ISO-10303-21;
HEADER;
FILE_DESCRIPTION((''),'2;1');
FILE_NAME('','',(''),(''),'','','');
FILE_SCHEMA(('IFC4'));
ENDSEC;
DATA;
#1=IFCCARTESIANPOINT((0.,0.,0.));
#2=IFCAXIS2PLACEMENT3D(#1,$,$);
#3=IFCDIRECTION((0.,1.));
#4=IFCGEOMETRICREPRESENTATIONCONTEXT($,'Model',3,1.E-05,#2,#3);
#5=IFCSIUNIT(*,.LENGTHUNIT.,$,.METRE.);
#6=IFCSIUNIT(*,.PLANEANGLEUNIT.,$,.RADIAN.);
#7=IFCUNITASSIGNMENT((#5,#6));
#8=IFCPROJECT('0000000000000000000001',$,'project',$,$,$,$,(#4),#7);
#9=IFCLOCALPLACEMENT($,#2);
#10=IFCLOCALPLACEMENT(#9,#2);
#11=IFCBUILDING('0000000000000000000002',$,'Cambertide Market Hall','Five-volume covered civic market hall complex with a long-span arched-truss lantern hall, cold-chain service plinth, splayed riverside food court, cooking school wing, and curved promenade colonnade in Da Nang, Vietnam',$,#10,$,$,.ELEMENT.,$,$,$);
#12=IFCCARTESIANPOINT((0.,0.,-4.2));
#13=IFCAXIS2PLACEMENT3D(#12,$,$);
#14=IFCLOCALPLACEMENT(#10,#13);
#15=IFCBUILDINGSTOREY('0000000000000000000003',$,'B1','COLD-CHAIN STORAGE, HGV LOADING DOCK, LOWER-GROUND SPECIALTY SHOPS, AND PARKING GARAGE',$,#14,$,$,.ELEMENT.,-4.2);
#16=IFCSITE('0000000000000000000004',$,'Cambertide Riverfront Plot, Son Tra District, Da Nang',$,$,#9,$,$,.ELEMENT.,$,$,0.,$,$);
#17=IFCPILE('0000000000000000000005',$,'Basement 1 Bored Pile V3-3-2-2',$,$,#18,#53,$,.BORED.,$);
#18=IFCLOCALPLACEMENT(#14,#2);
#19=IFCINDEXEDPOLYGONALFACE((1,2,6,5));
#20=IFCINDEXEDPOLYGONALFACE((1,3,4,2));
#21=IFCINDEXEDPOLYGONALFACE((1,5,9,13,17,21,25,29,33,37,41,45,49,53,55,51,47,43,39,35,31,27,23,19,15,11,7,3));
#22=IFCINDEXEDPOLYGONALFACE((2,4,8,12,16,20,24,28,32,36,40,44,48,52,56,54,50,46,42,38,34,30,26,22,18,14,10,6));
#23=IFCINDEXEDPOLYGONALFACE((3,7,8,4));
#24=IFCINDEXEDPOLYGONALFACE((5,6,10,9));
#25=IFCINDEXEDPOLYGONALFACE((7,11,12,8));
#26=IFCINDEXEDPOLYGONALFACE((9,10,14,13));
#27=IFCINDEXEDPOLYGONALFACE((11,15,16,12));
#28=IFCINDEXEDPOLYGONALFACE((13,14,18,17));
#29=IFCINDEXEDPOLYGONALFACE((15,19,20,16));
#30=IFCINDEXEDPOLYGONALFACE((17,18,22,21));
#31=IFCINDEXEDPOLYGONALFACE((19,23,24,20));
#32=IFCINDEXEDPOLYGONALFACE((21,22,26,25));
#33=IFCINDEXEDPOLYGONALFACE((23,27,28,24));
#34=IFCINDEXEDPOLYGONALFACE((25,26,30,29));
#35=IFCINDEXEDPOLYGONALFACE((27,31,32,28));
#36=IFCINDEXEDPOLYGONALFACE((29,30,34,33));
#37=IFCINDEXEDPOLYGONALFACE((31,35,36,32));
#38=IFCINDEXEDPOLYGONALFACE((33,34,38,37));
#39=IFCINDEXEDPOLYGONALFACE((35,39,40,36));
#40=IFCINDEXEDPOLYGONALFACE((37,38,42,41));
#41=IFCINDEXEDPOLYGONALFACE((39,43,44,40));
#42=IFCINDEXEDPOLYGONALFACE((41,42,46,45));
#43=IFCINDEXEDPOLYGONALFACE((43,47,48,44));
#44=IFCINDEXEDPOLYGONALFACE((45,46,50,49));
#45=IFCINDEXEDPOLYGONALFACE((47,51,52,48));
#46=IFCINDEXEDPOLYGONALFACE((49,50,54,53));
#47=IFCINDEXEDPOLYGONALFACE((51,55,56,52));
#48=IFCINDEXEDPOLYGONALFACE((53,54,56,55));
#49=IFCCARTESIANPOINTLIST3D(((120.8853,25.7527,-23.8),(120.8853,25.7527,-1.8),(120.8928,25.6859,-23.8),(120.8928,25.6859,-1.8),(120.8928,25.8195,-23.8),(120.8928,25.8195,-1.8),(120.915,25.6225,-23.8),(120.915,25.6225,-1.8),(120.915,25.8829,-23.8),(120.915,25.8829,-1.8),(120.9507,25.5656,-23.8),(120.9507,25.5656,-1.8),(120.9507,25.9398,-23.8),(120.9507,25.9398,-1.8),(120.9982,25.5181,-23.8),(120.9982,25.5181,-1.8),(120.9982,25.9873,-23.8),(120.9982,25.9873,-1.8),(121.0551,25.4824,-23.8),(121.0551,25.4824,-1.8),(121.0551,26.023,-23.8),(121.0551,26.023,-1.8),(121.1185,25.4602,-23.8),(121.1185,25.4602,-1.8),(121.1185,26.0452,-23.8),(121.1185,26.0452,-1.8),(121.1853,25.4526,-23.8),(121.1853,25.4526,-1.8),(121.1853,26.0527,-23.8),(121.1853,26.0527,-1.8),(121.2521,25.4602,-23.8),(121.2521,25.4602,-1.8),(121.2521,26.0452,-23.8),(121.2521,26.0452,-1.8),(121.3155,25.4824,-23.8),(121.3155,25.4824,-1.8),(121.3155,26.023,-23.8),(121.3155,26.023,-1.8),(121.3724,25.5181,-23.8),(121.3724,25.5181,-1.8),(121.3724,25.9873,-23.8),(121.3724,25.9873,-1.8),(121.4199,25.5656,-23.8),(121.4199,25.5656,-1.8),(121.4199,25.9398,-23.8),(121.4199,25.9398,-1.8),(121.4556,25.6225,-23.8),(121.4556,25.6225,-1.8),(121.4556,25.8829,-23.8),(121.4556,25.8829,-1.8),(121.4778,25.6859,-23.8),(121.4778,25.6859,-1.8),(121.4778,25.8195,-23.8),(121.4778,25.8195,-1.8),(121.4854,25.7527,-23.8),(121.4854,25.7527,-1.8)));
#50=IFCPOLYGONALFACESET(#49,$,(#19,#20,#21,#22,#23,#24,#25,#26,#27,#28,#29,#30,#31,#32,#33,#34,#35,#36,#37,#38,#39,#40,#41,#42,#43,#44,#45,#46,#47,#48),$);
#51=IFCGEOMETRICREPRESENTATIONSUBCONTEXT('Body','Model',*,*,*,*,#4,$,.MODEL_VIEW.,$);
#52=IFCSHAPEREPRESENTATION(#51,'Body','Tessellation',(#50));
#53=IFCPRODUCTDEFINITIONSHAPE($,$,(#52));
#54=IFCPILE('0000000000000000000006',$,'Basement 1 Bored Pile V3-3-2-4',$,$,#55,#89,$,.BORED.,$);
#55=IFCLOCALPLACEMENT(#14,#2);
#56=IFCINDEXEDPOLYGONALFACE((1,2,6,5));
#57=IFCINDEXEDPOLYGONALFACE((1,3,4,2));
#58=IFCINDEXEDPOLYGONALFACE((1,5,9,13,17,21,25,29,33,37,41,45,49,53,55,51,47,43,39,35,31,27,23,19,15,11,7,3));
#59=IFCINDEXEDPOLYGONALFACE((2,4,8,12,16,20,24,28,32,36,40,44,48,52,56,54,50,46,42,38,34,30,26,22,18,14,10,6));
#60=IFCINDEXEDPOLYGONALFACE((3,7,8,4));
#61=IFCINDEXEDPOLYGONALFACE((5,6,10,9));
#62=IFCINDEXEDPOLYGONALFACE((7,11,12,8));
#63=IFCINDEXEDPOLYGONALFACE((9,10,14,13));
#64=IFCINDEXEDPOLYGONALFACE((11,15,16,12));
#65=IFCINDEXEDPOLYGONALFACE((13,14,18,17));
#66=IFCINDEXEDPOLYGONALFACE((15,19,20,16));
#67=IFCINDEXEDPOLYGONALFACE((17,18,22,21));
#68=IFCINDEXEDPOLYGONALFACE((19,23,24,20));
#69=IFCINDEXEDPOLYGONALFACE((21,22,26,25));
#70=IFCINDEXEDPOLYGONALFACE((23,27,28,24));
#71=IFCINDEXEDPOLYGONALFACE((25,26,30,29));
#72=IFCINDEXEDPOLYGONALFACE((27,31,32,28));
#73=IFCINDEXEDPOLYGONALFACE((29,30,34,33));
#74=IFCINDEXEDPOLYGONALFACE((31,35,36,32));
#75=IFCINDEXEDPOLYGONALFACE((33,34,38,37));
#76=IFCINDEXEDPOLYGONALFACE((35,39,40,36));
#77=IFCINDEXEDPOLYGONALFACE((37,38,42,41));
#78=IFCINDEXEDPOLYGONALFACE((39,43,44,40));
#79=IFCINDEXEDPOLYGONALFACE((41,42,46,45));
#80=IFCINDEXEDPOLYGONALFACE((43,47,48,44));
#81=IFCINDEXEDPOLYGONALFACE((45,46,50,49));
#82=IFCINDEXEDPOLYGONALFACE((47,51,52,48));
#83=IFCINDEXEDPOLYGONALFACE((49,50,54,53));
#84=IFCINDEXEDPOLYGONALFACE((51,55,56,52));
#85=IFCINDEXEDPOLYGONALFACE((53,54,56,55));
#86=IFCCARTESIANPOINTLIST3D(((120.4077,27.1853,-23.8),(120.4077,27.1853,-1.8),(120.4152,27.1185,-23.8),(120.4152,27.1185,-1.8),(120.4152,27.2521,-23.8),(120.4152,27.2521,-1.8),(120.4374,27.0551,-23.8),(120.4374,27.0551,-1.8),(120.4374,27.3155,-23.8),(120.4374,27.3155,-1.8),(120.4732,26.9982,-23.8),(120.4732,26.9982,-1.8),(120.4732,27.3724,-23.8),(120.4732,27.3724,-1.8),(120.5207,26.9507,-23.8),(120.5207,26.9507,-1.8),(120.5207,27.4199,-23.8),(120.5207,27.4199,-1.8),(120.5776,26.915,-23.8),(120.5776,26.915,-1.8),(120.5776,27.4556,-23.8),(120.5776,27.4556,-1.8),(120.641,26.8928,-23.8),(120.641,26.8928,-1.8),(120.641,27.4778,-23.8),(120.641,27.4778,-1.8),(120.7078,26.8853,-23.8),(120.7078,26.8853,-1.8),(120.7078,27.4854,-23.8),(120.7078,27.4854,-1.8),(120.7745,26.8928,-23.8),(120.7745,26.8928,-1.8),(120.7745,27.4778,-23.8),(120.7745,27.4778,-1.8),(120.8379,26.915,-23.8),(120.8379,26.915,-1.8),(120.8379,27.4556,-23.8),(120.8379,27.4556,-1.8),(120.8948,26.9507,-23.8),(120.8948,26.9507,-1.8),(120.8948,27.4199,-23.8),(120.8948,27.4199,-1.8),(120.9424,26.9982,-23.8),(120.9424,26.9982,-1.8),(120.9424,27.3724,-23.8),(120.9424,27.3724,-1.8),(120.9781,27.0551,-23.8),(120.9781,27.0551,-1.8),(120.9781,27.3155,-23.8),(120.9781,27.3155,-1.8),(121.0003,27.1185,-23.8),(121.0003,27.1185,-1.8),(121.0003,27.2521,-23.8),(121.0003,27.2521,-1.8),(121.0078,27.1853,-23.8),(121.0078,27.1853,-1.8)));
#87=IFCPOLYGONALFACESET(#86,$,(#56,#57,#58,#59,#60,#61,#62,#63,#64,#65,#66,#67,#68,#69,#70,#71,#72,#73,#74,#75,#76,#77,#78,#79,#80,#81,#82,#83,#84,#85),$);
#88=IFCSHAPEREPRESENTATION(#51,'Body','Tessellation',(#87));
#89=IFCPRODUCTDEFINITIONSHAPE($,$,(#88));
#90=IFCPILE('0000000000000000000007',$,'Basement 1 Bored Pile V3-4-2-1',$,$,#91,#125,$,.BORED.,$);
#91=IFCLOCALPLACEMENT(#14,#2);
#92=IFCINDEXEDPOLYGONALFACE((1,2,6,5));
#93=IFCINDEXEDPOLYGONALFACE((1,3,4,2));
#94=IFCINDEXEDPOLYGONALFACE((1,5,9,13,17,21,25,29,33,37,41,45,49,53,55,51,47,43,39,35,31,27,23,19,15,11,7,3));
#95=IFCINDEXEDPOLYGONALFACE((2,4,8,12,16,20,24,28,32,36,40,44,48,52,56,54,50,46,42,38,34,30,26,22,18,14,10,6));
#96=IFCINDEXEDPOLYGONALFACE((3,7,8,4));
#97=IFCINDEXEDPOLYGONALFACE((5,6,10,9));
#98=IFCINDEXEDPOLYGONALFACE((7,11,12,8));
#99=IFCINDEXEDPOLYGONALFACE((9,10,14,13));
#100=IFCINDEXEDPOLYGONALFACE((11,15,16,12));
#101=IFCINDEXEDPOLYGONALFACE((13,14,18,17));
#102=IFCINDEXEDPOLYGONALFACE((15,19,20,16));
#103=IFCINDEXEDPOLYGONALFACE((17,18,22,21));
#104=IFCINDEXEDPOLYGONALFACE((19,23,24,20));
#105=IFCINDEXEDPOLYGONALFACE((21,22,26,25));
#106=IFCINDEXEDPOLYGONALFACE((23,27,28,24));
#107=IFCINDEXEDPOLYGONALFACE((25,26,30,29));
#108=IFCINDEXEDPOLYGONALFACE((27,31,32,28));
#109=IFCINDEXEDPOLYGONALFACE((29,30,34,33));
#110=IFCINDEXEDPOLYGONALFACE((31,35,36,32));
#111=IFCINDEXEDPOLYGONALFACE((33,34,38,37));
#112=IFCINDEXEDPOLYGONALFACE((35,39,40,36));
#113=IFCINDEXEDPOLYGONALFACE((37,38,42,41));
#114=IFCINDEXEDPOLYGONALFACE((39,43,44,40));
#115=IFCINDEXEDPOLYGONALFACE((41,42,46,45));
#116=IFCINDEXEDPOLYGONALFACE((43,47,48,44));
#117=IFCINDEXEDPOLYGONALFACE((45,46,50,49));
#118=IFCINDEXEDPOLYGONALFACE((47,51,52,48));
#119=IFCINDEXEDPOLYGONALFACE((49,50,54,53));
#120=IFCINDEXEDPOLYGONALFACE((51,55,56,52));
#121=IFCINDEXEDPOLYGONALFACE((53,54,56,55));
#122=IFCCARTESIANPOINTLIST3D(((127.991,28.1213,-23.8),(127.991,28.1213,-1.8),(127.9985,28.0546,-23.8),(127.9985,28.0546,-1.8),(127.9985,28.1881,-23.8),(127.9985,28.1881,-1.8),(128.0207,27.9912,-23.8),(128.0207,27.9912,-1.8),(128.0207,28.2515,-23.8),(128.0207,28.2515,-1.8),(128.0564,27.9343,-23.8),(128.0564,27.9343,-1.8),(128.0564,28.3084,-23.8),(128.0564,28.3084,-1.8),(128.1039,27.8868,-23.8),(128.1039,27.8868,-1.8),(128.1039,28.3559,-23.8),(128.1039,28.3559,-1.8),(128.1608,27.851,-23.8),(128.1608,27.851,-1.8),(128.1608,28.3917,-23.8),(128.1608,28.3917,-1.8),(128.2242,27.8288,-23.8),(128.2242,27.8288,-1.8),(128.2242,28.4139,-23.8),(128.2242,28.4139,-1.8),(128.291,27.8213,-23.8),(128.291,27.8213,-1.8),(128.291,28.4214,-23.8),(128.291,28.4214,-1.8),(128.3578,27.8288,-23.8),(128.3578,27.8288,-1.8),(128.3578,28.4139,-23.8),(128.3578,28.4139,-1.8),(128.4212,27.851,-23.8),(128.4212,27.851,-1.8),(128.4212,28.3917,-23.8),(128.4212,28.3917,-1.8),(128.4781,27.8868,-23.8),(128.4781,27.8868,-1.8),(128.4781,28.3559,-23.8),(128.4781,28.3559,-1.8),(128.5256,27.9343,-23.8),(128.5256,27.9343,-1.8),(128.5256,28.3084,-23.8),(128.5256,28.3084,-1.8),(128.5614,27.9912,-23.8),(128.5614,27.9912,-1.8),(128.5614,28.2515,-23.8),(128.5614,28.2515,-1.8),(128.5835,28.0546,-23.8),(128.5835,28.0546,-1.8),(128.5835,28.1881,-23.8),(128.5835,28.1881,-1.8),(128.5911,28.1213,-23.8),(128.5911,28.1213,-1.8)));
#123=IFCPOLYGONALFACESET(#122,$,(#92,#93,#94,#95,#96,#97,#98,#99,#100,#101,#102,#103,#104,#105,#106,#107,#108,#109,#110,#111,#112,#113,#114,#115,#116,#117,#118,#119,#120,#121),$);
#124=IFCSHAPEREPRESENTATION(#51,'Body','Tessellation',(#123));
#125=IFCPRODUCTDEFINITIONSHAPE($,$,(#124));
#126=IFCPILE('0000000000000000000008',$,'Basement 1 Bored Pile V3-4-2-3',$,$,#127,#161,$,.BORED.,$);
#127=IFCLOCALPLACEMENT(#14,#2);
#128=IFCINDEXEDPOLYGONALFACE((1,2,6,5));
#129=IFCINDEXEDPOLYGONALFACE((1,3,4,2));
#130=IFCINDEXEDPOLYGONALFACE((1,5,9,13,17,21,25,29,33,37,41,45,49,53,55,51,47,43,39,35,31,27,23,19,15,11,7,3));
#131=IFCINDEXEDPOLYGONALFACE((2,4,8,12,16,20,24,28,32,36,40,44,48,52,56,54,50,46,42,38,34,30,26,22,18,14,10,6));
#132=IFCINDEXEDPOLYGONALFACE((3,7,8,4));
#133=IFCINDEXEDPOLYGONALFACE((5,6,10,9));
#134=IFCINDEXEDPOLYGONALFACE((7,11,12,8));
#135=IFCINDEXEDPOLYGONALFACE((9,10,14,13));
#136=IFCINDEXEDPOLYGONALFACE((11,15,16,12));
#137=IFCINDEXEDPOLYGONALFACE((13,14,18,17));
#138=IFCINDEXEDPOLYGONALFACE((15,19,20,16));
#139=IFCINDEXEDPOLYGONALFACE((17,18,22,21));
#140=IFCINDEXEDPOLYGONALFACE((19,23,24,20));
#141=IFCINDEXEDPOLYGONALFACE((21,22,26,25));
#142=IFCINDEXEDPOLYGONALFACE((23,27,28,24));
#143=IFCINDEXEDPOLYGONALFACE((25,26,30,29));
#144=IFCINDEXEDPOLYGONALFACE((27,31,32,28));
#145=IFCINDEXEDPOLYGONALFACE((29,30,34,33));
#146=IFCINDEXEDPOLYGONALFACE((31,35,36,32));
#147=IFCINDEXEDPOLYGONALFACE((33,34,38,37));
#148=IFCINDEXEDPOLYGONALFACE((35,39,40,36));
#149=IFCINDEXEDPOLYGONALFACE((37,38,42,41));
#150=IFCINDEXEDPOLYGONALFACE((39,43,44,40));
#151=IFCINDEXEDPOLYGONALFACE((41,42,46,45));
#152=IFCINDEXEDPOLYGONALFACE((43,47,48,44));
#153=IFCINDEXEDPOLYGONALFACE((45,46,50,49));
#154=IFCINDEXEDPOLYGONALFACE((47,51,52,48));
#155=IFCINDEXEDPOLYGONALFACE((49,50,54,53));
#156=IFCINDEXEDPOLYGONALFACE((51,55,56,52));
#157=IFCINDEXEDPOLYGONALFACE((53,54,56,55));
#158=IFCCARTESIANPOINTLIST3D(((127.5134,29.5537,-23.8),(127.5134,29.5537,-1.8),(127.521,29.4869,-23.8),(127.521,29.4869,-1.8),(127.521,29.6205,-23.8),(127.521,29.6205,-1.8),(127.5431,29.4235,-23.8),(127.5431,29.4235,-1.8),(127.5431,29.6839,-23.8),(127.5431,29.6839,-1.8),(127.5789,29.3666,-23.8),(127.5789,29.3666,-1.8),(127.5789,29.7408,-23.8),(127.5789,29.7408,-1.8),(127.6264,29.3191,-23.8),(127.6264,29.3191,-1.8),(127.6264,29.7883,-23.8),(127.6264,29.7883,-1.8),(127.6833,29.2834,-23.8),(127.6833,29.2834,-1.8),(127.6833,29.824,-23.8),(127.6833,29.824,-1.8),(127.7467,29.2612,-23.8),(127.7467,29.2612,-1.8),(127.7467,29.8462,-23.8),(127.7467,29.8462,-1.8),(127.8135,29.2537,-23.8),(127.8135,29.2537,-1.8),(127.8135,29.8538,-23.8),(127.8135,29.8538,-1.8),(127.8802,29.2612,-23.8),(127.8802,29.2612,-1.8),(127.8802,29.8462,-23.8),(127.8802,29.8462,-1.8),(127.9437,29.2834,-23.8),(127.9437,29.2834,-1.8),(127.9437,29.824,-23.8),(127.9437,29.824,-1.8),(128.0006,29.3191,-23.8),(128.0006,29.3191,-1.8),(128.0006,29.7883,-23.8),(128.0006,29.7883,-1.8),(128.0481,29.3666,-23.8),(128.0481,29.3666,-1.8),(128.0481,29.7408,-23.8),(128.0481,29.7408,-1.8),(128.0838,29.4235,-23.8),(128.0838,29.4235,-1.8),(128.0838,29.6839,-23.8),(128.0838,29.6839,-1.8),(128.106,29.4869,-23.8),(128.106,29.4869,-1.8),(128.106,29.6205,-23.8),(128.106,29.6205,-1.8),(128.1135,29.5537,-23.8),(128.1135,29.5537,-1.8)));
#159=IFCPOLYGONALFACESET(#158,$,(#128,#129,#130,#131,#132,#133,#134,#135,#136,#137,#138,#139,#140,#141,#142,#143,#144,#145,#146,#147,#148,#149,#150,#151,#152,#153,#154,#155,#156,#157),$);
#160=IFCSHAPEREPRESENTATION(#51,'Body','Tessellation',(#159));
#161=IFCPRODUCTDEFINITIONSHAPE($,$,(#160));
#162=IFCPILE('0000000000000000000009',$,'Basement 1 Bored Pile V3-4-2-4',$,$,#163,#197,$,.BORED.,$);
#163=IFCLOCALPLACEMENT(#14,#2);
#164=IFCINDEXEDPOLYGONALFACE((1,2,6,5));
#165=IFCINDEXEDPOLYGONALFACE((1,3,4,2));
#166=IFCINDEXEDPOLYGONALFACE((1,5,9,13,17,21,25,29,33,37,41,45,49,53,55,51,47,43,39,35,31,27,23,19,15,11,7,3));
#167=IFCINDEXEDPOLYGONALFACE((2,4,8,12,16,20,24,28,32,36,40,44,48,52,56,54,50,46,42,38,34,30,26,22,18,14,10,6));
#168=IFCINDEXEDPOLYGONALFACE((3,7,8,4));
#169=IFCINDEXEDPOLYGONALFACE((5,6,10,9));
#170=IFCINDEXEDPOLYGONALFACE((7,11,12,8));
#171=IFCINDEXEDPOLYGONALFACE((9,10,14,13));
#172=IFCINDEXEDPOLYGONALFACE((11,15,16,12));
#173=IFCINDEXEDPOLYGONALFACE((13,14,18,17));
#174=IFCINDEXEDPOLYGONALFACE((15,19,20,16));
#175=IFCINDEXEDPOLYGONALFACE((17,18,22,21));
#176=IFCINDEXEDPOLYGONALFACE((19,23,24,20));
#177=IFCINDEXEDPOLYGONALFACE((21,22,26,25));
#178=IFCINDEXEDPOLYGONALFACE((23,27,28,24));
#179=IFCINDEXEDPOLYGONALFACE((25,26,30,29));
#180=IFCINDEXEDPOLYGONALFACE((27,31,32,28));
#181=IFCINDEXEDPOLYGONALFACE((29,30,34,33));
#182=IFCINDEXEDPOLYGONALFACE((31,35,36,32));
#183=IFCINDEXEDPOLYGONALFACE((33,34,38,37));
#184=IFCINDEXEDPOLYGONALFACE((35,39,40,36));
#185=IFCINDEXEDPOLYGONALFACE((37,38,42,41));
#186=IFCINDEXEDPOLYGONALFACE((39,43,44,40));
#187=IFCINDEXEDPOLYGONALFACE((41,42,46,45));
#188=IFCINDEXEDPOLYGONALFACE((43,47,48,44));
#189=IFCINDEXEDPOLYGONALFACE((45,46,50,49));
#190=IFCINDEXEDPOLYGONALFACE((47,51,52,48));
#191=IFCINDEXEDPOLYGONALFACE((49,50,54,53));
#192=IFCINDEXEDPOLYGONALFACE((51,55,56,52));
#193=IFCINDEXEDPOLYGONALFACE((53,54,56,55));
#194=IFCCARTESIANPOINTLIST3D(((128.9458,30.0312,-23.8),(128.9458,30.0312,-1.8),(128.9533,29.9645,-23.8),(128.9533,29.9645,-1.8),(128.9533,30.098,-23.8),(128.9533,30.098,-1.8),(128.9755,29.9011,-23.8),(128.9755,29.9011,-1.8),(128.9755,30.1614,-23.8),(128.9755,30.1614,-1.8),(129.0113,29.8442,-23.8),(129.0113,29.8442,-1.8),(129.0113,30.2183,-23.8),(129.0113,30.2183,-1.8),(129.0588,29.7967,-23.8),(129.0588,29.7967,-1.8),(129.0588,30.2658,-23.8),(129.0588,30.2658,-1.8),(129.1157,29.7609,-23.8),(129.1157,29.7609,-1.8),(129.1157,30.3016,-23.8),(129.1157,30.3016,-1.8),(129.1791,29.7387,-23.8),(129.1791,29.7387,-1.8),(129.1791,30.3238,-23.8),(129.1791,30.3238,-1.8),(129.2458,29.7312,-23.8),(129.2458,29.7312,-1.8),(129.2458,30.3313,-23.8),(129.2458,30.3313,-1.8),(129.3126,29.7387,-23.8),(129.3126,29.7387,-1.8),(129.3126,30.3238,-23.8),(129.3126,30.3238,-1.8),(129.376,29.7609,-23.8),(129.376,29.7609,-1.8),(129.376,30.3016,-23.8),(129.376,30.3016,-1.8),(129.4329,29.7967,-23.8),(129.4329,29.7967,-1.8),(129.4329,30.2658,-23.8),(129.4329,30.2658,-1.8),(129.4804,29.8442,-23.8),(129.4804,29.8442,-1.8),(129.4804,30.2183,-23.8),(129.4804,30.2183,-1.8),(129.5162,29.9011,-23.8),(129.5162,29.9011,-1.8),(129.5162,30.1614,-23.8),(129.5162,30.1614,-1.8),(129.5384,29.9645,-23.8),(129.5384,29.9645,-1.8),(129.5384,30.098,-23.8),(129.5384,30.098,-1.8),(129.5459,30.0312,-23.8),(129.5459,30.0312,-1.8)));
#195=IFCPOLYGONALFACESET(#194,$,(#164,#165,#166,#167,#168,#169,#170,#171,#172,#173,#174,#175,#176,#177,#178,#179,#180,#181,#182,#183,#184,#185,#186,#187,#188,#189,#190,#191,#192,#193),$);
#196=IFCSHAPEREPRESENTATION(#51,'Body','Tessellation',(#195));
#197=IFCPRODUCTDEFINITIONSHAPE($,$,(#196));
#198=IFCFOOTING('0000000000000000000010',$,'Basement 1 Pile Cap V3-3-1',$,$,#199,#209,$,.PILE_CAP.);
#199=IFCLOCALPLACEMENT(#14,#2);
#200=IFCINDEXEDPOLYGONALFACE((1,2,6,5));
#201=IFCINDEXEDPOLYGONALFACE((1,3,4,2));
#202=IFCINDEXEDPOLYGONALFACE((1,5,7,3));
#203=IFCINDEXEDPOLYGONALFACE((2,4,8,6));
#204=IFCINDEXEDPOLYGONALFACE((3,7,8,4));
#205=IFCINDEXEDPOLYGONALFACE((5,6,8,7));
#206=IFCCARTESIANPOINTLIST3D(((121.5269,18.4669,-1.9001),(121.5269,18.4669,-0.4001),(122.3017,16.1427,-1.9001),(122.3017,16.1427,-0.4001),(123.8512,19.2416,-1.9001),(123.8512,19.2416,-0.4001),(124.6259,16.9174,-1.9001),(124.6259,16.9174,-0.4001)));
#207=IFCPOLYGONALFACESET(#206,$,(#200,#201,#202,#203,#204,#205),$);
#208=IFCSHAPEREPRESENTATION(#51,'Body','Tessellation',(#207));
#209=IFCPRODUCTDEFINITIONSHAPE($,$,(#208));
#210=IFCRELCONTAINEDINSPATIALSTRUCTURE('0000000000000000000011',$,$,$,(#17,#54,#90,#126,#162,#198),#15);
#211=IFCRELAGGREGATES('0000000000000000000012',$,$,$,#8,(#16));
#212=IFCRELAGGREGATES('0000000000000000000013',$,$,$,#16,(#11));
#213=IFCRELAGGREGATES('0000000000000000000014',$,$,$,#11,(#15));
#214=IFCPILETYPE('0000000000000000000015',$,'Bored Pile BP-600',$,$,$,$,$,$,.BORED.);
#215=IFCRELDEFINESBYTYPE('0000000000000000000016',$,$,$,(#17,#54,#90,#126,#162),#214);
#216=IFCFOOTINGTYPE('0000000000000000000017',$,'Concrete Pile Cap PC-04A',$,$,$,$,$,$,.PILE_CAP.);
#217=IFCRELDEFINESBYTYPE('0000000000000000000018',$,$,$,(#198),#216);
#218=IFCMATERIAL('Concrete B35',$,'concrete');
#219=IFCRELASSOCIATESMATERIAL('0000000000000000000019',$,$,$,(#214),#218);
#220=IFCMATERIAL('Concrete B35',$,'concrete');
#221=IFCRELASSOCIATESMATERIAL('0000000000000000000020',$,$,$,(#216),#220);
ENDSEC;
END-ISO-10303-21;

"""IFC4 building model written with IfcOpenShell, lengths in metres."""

from ifc_helpers import new_model, si_unit, direction, frame, origin, origin_2d, place, context, subcontext, project, spatial, rectangle, circle, extrude, material, material_profile, profile_set, type_object, element, save


model = new_model("IFC4")

# Units and contexts
model_context = context("Model", 3, precision=1e-05, world=origin(), true_north=direction((0.0, 1.0)))
body_context = subcontext(model_context, "Body", "Model", "MODEL_VIEW")
ifc_project = project(units=[si_unit("LENGTHUNIT", "METRE"), si_unit("PLANEANGLEUNIT", "RADIAN")], contexts=[model_context])

# Site, building, storey
site_placement = place(None, origin())
site = spatial("IfcSite", under=ifc_project, at=site_placement, Name="Cambertide Riverfront Plot, Son Tra District, Da Nang", CompositionType="ELEMENT", RefElevation=0.0)
building_placement = place(site_placement, origin())
building = spatial("IfcBuilding", under=site, at=building_placement, Name="Cambertide Market Hall", Description="Five-volume covered civic market hall complex with a long-span arched-truss lantern hall, cold-chain service plinth, splayed riverside food court, cooking school wing, and curved promenade colonnade in Da Nang, Vietnam", CompositionType="ELEMENT")
storey_placement = place(building_placement, frame((0.0, 0.0, -4.2)))
storey = spatial("IfcBuildingStorey", under=building, at=storey_placement, Name="B1", Description="COLD-CHAIN STORAGE, HGV LOADING DOCK, LOWER-GROUND SPECIALTY SHOPS, AND PARKING GARAGE", CompositionType="ELEMENT", Elevation=-4.2)

# Piles
ifc_material_1 = material(Name="Concrete B35", Category="concrete")
ifc_material_profile_1 = material_profile(ifc_material_1, circle(Radius=0.3, at=origin_2d()), Name="BP D600")
ifc_profile_set_1 = profile_set([ifc_material_profile_1], Name="Concrete B35")
pile_type = type_object("IfcPileType", Name="Bored Pile BP-600", PredefinedType="BORED", material=ifc_profile_set_1)
for number, where, z_axis, x_axis, name in (
    (1, (121.1853, 25.7527, -1.8), (0.0, 0.0, -1.0), (1.0, 0.0, 0.0), "Basement 1 Bored Pile V3-3-2-2"),
    (2, (120.7078, 27.1853, -1.8), (0.0, 0.0, -1.0), (1.0, 0.0, 0.0), "Basement 1 Bored Pile V3-3-2-4"),
    (3, (128.291, 28.1213, -1.8), (0.0, 0.0, -1.0), (1.0, 0.0, 0.0), "Basement 1 Bored Pile V3-4-2-1"),
    (4, (127.8135, 29.5537, -1.8), (0.0, 0.0, -1.0), (1.0, 0.0, 0.0), "Basement 1 Bored Pile V3-4-2-3"),
    (5, (129.2458, 30.0312, -1.8), (0.0, 0.0, -1.0), (1.0, 0.0, 0.0), "Basement 1 Bored Pile V3-4-2-4"),
):
    element("IfcPile", number, at=place(storey_placement, frame(where, z_axis=z_axis, x_axis=x_axis)), inside=storey, type_object=pile_type, Name=name, PredefinedType="BORED", context=body_context, shape_type="SweptSolid", body=[
        extrude(circle(Radius=0.3, at=origin_2d()), origin(), (0.0, 0.0, 1.0), 22.0),
    ])

# Footing
ifc_material_2 = material(Name="Concrete B35", Category="concrete")
footing_type_1 = type_object("IfcFootingType", Name="Concrete Pile Cap PC-04A", PredefinedType="PILE_CAP", material=ifc_material_2)
for number, where, z_axis, x_axis, name in (
    (6, (123.0764, 17.6921, -1.9001), (0.0, 0.0, 1.0), (0.948683, 0.316228, 0.0), "Basement 1 Pile Cap V3-3-1"),
):
    element("IfcFooting", number, at=place(storey_placement, frame(where, z_axis=z_axis, x_axis=x_axis)), inside=storey, type_object=footing_type_1, Name=name, PredefinedType="PILE_CAP", context=body_context, shape_type="SweptSolid", body=[
        extrude(rectangle(XDim=2.45, YDim=2.45, at=origin_2d()), origin(), (0.0, 0.0, 1.0), 1.5),
    ])

save(model, "model.ifc")
